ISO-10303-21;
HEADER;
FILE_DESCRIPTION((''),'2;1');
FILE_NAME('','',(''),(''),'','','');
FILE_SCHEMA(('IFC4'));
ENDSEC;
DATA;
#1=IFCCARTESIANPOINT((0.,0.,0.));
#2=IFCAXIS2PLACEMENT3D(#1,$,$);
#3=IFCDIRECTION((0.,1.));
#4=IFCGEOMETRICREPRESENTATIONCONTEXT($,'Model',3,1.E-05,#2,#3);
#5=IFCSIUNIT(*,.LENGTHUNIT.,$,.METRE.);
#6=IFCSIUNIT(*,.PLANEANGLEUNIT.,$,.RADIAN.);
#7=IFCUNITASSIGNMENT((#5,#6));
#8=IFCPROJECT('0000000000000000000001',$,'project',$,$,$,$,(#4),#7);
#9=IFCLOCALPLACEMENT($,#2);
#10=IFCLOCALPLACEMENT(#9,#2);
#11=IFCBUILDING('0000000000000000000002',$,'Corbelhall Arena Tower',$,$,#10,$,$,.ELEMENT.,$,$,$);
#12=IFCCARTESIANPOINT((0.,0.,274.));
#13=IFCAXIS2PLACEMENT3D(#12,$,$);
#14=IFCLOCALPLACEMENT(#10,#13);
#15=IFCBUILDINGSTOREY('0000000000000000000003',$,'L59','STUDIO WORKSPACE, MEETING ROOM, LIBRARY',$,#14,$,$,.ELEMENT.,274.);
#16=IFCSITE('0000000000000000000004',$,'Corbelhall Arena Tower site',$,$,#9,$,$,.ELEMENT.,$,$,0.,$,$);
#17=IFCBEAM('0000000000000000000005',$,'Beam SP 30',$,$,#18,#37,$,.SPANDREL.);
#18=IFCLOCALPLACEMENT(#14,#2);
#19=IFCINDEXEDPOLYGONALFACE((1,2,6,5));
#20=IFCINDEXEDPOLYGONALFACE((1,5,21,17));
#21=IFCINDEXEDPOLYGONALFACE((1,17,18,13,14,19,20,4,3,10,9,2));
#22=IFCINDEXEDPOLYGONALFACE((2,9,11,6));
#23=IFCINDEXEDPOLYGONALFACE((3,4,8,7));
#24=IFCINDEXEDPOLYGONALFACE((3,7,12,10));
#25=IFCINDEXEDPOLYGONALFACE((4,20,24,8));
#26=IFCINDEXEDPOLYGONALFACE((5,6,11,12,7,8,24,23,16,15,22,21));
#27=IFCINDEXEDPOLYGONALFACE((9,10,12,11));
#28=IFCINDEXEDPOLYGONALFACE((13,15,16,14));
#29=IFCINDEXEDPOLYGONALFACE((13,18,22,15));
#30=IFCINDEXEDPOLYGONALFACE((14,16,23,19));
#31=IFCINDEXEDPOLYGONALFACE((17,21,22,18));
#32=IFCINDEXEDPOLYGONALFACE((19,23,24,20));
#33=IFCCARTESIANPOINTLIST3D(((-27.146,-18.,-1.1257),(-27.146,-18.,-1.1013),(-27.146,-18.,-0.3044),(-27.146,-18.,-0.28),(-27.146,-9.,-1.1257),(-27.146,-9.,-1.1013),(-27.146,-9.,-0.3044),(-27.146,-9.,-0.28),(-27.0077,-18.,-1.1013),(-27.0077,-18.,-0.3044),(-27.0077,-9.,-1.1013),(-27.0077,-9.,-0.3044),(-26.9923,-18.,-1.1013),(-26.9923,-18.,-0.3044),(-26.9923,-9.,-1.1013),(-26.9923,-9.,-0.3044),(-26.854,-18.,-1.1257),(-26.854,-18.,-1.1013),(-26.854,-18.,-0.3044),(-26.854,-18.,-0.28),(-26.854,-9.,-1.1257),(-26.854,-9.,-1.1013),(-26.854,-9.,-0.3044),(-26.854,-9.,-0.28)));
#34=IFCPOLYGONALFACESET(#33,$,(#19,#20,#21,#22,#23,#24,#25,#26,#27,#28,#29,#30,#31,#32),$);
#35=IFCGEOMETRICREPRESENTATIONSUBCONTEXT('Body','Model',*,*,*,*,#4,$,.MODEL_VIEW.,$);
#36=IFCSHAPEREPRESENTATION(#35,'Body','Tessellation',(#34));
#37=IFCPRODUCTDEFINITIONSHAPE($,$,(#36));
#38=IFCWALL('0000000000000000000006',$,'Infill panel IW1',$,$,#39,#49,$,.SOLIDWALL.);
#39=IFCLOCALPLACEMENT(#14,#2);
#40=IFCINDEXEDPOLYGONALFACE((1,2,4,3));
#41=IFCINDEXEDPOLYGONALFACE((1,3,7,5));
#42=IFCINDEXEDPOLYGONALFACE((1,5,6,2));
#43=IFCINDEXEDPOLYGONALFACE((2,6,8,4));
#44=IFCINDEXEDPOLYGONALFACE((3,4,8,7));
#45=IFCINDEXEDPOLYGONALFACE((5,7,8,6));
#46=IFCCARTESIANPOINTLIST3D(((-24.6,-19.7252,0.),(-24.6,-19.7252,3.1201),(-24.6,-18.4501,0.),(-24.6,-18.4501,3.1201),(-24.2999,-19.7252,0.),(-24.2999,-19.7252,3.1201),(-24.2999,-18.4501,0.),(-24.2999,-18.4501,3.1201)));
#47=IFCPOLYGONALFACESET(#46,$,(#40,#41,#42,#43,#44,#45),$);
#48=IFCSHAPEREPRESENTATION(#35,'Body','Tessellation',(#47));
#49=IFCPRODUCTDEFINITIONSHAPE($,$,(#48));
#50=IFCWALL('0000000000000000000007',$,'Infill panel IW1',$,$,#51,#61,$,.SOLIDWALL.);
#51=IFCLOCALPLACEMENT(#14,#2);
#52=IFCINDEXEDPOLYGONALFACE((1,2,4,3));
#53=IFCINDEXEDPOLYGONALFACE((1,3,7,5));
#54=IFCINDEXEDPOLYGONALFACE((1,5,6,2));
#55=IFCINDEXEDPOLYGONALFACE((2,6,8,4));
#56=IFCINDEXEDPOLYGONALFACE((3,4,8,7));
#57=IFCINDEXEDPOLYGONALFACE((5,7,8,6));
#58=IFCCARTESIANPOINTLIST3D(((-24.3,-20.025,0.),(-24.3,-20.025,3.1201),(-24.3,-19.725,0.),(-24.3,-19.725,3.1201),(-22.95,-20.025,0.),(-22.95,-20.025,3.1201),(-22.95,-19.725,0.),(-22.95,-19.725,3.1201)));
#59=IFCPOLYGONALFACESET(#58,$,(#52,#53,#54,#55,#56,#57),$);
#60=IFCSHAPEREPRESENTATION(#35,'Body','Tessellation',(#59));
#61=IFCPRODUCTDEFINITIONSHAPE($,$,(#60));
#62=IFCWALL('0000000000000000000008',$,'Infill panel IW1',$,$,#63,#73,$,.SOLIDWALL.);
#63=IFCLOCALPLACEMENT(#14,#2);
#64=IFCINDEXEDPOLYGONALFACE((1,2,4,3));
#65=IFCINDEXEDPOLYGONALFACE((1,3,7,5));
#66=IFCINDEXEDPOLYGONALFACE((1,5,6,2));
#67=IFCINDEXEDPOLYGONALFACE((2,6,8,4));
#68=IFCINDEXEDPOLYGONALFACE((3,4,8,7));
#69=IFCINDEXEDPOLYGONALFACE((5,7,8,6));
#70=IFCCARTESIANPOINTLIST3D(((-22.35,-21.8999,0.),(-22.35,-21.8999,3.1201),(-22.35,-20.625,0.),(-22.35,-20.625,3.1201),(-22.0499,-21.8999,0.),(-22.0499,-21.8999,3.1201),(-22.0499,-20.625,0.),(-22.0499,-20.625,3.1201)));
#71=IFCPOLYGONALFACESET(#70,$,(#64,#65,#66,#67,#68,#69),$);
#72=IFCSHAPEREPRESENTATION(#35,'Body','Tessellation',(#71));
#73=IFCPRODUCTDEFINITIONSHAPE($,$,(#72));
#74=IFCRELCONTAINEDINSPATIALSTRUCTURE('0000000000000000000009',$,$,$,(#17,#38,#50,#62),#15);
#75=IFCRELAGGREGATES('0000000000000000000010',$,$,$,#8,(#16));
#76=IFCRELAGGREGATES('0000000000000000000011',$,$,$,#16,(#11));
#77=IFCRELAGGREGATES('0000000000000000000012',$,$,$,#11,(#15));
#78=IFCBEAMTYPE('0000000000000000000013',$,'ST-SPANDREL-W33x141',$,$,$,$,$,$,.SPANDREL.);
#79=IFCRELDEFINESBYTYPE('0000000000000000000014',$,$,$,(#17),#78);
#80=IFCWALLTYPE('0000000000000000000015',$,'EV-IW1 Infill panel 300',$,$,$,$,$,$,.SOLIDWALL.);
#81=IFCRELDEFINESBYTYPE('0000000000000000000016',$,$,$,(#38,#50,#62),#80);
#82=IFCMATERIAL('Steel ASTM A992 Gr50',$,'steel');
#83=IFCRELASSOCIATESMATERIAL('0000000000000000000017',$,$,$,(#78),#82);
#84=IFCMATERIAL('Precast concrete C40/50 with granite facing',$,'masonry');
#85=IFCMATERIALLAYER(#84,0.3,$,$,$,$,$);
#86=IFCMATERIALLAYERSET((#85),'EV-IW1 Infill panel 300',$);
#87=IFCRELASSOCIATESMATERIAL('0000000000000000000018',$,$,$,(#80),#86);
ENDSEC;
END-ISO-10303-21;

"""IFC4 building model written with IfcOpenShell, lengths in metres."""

from ifc_helpers import new_model, si_unit, direction, frame, frame_2d, origin, origin_2d, place, context, subcontext, project, spatial, rectangle, i_section, extrude, material, layer, layer_set, material_profile, profile_set, type_object, element, save


model = new_model("IFC4")

# Units and contexts
model_context = context("Model", 3, precision=1e-05, world=origin(), true_north=direction((0.0, 1.0)))
body_context = subcontext(model_context, "Body", "Model", "MODEL_VIEW")
ifc_project = project(units=[si_unit("LENGTHUNIT", "METRE"), si_unit("PLANEANGLEUNIT", "RADIAN")], contexts=[model_context])

# Site, building, storey
site_placement = place(None, origin())
site = spatial("IfcSite", under=ifc_project, at=site_placement, Name="Corbelhall Arena Tower site", CompositionType="ELEMENT", RefElevation=0.0)
building_placement = place(site_placement, origin())
building = spatial("IfcBuilding", under=site, at=building_placement, Name="Corbelhall Arena Tower", CompositionType="ELEMENT")
storey_placement = place(building_placement, frame((0.0, 0.0, 274.0)))
storey = spatial("IfcBuildingStorey", under=building, at=storey_placement, Name="L59", Description="STUDIO WORKSPACE, MEETING ROOM, LIBRARY", CompositionType="ELEMENT", Elevation=274.0)

# Beam
ifc_material_1 = material(Name="Steel ASTM A992 Gr50", Category="steel")
ifc_material_profile_1 = material_profile(ifc_material_1, i_section(OverallWidth=0.292, OverallDepth=0.8457, WebThickness=0.0154, FlangeThickness=0.0244, at=origin_2d()))
ifc_profile_set_1 = profile_set([ifc_material_profile_1], Name="Steel ASTM A992 Gr50")
beam_type_1 = type_object("IfcBeamType", Name="ST-SPANDREL-W33x141", PredefinedType="SPANDREL", material=ifc_profile_set_1)
beam_1_placement = place(storey_placement, frame((-27.0, -18.0, -0.7029), z_axis=(0.0, 1.0, 0.0), x_axis=(-1.0, 0.0, 0.0)))
element("IfcBeam", 1, at=beam_1_placement, inside=storey, type_object=beam_type_1, Name="Beam SP 30", PredefinedType="SPANDREL", context=body_context, shape_type="SweptSolid", body=[
    extrude(i_section(OverallWidth=0.292, OverallDepth=0.8457, WebThickness=0.0154, FlangeThickness=0.0244, at=origin_2d()), origin(), (0.0, 0.0, 1.0), 9.0),
])

# Walls
ifc_material_2 = material(Name="Precast concrete C40/50 with granite facing", Category="masonry")
ifc_layer_1 = layer(ifc_material_2, 0.3)
ifc_layer_set_1 = layer_set([ifc_layer_1], Name="EV-IW1 Infill panel 300")
wall_type_1 = type_object("IfcWallType", Name="EV-IW1 Infill panel 300", PredefinedType="SOLIDWALL", material=ifc_layer_set_1)
wall_1_placement = place(storey_placement, frame((-24.45, -18.45, 0.0), z_axis=(0.0, 0.0, 1.0), x_axis=(0.0, -1.0, 0.0)))
element("IfcWall", 2, at=wall_1_placement, inside=storey, type_object=wall_type_1, Name="Infill panel IW1", PredefinedType="SOLIDWALL", context=body_context, shape_type="SweptSolid", body=[
    extrude(rectangle(XDim=1.2751, YDim=0.3, at=frame_2d((0.6377, 0.0))), origin(), (0.0, 0.0, 1.0), 3.1201),
])
wall_2_placement = place(storey_placement, frame((-24.3, -19.875, 0.0), z_axis=(0.0, 0.0, 1.0), x_axis=(1.0, 0.0, 0.0)))
element("IfcWall", 3, at=wall_2_placement, inside=storey, type_object=wall_type_1, Name="Infill panel IW1", PredefinedType="SOLIDWALL", context=body_context, shape_type="SweptSolid", body=[
    extrude(rectangle(XDim=1.3501, YDim=0.3, at=frame_2d((0.675, 0.0))), origin(), (0.0, 0.0, 1.0), 3.1201),
])
wall_3_placement = place(storey_placement, frame((-22.2, -20.625, 0.0), z_axis=(0.0, 0.0, 1.0), x_axis=(0.0, -1.0, 0.0)))
element("IfcWall", 4, at=wall_3_placement, inside=storey, type_object=wall_type_1, Name="Infill panel IW1", PredefinedType="SOLIDWALL", context=body_context, shape_type="SweptSolid", body=[
    extrude(rectangle(XDim=1.2749, YDim=0.3, at=frame_2d((0.6375, 0.0))), origin(), (0.0, 0.0, 1.0), 3.1201),
])

save(model, "model.ifc")
